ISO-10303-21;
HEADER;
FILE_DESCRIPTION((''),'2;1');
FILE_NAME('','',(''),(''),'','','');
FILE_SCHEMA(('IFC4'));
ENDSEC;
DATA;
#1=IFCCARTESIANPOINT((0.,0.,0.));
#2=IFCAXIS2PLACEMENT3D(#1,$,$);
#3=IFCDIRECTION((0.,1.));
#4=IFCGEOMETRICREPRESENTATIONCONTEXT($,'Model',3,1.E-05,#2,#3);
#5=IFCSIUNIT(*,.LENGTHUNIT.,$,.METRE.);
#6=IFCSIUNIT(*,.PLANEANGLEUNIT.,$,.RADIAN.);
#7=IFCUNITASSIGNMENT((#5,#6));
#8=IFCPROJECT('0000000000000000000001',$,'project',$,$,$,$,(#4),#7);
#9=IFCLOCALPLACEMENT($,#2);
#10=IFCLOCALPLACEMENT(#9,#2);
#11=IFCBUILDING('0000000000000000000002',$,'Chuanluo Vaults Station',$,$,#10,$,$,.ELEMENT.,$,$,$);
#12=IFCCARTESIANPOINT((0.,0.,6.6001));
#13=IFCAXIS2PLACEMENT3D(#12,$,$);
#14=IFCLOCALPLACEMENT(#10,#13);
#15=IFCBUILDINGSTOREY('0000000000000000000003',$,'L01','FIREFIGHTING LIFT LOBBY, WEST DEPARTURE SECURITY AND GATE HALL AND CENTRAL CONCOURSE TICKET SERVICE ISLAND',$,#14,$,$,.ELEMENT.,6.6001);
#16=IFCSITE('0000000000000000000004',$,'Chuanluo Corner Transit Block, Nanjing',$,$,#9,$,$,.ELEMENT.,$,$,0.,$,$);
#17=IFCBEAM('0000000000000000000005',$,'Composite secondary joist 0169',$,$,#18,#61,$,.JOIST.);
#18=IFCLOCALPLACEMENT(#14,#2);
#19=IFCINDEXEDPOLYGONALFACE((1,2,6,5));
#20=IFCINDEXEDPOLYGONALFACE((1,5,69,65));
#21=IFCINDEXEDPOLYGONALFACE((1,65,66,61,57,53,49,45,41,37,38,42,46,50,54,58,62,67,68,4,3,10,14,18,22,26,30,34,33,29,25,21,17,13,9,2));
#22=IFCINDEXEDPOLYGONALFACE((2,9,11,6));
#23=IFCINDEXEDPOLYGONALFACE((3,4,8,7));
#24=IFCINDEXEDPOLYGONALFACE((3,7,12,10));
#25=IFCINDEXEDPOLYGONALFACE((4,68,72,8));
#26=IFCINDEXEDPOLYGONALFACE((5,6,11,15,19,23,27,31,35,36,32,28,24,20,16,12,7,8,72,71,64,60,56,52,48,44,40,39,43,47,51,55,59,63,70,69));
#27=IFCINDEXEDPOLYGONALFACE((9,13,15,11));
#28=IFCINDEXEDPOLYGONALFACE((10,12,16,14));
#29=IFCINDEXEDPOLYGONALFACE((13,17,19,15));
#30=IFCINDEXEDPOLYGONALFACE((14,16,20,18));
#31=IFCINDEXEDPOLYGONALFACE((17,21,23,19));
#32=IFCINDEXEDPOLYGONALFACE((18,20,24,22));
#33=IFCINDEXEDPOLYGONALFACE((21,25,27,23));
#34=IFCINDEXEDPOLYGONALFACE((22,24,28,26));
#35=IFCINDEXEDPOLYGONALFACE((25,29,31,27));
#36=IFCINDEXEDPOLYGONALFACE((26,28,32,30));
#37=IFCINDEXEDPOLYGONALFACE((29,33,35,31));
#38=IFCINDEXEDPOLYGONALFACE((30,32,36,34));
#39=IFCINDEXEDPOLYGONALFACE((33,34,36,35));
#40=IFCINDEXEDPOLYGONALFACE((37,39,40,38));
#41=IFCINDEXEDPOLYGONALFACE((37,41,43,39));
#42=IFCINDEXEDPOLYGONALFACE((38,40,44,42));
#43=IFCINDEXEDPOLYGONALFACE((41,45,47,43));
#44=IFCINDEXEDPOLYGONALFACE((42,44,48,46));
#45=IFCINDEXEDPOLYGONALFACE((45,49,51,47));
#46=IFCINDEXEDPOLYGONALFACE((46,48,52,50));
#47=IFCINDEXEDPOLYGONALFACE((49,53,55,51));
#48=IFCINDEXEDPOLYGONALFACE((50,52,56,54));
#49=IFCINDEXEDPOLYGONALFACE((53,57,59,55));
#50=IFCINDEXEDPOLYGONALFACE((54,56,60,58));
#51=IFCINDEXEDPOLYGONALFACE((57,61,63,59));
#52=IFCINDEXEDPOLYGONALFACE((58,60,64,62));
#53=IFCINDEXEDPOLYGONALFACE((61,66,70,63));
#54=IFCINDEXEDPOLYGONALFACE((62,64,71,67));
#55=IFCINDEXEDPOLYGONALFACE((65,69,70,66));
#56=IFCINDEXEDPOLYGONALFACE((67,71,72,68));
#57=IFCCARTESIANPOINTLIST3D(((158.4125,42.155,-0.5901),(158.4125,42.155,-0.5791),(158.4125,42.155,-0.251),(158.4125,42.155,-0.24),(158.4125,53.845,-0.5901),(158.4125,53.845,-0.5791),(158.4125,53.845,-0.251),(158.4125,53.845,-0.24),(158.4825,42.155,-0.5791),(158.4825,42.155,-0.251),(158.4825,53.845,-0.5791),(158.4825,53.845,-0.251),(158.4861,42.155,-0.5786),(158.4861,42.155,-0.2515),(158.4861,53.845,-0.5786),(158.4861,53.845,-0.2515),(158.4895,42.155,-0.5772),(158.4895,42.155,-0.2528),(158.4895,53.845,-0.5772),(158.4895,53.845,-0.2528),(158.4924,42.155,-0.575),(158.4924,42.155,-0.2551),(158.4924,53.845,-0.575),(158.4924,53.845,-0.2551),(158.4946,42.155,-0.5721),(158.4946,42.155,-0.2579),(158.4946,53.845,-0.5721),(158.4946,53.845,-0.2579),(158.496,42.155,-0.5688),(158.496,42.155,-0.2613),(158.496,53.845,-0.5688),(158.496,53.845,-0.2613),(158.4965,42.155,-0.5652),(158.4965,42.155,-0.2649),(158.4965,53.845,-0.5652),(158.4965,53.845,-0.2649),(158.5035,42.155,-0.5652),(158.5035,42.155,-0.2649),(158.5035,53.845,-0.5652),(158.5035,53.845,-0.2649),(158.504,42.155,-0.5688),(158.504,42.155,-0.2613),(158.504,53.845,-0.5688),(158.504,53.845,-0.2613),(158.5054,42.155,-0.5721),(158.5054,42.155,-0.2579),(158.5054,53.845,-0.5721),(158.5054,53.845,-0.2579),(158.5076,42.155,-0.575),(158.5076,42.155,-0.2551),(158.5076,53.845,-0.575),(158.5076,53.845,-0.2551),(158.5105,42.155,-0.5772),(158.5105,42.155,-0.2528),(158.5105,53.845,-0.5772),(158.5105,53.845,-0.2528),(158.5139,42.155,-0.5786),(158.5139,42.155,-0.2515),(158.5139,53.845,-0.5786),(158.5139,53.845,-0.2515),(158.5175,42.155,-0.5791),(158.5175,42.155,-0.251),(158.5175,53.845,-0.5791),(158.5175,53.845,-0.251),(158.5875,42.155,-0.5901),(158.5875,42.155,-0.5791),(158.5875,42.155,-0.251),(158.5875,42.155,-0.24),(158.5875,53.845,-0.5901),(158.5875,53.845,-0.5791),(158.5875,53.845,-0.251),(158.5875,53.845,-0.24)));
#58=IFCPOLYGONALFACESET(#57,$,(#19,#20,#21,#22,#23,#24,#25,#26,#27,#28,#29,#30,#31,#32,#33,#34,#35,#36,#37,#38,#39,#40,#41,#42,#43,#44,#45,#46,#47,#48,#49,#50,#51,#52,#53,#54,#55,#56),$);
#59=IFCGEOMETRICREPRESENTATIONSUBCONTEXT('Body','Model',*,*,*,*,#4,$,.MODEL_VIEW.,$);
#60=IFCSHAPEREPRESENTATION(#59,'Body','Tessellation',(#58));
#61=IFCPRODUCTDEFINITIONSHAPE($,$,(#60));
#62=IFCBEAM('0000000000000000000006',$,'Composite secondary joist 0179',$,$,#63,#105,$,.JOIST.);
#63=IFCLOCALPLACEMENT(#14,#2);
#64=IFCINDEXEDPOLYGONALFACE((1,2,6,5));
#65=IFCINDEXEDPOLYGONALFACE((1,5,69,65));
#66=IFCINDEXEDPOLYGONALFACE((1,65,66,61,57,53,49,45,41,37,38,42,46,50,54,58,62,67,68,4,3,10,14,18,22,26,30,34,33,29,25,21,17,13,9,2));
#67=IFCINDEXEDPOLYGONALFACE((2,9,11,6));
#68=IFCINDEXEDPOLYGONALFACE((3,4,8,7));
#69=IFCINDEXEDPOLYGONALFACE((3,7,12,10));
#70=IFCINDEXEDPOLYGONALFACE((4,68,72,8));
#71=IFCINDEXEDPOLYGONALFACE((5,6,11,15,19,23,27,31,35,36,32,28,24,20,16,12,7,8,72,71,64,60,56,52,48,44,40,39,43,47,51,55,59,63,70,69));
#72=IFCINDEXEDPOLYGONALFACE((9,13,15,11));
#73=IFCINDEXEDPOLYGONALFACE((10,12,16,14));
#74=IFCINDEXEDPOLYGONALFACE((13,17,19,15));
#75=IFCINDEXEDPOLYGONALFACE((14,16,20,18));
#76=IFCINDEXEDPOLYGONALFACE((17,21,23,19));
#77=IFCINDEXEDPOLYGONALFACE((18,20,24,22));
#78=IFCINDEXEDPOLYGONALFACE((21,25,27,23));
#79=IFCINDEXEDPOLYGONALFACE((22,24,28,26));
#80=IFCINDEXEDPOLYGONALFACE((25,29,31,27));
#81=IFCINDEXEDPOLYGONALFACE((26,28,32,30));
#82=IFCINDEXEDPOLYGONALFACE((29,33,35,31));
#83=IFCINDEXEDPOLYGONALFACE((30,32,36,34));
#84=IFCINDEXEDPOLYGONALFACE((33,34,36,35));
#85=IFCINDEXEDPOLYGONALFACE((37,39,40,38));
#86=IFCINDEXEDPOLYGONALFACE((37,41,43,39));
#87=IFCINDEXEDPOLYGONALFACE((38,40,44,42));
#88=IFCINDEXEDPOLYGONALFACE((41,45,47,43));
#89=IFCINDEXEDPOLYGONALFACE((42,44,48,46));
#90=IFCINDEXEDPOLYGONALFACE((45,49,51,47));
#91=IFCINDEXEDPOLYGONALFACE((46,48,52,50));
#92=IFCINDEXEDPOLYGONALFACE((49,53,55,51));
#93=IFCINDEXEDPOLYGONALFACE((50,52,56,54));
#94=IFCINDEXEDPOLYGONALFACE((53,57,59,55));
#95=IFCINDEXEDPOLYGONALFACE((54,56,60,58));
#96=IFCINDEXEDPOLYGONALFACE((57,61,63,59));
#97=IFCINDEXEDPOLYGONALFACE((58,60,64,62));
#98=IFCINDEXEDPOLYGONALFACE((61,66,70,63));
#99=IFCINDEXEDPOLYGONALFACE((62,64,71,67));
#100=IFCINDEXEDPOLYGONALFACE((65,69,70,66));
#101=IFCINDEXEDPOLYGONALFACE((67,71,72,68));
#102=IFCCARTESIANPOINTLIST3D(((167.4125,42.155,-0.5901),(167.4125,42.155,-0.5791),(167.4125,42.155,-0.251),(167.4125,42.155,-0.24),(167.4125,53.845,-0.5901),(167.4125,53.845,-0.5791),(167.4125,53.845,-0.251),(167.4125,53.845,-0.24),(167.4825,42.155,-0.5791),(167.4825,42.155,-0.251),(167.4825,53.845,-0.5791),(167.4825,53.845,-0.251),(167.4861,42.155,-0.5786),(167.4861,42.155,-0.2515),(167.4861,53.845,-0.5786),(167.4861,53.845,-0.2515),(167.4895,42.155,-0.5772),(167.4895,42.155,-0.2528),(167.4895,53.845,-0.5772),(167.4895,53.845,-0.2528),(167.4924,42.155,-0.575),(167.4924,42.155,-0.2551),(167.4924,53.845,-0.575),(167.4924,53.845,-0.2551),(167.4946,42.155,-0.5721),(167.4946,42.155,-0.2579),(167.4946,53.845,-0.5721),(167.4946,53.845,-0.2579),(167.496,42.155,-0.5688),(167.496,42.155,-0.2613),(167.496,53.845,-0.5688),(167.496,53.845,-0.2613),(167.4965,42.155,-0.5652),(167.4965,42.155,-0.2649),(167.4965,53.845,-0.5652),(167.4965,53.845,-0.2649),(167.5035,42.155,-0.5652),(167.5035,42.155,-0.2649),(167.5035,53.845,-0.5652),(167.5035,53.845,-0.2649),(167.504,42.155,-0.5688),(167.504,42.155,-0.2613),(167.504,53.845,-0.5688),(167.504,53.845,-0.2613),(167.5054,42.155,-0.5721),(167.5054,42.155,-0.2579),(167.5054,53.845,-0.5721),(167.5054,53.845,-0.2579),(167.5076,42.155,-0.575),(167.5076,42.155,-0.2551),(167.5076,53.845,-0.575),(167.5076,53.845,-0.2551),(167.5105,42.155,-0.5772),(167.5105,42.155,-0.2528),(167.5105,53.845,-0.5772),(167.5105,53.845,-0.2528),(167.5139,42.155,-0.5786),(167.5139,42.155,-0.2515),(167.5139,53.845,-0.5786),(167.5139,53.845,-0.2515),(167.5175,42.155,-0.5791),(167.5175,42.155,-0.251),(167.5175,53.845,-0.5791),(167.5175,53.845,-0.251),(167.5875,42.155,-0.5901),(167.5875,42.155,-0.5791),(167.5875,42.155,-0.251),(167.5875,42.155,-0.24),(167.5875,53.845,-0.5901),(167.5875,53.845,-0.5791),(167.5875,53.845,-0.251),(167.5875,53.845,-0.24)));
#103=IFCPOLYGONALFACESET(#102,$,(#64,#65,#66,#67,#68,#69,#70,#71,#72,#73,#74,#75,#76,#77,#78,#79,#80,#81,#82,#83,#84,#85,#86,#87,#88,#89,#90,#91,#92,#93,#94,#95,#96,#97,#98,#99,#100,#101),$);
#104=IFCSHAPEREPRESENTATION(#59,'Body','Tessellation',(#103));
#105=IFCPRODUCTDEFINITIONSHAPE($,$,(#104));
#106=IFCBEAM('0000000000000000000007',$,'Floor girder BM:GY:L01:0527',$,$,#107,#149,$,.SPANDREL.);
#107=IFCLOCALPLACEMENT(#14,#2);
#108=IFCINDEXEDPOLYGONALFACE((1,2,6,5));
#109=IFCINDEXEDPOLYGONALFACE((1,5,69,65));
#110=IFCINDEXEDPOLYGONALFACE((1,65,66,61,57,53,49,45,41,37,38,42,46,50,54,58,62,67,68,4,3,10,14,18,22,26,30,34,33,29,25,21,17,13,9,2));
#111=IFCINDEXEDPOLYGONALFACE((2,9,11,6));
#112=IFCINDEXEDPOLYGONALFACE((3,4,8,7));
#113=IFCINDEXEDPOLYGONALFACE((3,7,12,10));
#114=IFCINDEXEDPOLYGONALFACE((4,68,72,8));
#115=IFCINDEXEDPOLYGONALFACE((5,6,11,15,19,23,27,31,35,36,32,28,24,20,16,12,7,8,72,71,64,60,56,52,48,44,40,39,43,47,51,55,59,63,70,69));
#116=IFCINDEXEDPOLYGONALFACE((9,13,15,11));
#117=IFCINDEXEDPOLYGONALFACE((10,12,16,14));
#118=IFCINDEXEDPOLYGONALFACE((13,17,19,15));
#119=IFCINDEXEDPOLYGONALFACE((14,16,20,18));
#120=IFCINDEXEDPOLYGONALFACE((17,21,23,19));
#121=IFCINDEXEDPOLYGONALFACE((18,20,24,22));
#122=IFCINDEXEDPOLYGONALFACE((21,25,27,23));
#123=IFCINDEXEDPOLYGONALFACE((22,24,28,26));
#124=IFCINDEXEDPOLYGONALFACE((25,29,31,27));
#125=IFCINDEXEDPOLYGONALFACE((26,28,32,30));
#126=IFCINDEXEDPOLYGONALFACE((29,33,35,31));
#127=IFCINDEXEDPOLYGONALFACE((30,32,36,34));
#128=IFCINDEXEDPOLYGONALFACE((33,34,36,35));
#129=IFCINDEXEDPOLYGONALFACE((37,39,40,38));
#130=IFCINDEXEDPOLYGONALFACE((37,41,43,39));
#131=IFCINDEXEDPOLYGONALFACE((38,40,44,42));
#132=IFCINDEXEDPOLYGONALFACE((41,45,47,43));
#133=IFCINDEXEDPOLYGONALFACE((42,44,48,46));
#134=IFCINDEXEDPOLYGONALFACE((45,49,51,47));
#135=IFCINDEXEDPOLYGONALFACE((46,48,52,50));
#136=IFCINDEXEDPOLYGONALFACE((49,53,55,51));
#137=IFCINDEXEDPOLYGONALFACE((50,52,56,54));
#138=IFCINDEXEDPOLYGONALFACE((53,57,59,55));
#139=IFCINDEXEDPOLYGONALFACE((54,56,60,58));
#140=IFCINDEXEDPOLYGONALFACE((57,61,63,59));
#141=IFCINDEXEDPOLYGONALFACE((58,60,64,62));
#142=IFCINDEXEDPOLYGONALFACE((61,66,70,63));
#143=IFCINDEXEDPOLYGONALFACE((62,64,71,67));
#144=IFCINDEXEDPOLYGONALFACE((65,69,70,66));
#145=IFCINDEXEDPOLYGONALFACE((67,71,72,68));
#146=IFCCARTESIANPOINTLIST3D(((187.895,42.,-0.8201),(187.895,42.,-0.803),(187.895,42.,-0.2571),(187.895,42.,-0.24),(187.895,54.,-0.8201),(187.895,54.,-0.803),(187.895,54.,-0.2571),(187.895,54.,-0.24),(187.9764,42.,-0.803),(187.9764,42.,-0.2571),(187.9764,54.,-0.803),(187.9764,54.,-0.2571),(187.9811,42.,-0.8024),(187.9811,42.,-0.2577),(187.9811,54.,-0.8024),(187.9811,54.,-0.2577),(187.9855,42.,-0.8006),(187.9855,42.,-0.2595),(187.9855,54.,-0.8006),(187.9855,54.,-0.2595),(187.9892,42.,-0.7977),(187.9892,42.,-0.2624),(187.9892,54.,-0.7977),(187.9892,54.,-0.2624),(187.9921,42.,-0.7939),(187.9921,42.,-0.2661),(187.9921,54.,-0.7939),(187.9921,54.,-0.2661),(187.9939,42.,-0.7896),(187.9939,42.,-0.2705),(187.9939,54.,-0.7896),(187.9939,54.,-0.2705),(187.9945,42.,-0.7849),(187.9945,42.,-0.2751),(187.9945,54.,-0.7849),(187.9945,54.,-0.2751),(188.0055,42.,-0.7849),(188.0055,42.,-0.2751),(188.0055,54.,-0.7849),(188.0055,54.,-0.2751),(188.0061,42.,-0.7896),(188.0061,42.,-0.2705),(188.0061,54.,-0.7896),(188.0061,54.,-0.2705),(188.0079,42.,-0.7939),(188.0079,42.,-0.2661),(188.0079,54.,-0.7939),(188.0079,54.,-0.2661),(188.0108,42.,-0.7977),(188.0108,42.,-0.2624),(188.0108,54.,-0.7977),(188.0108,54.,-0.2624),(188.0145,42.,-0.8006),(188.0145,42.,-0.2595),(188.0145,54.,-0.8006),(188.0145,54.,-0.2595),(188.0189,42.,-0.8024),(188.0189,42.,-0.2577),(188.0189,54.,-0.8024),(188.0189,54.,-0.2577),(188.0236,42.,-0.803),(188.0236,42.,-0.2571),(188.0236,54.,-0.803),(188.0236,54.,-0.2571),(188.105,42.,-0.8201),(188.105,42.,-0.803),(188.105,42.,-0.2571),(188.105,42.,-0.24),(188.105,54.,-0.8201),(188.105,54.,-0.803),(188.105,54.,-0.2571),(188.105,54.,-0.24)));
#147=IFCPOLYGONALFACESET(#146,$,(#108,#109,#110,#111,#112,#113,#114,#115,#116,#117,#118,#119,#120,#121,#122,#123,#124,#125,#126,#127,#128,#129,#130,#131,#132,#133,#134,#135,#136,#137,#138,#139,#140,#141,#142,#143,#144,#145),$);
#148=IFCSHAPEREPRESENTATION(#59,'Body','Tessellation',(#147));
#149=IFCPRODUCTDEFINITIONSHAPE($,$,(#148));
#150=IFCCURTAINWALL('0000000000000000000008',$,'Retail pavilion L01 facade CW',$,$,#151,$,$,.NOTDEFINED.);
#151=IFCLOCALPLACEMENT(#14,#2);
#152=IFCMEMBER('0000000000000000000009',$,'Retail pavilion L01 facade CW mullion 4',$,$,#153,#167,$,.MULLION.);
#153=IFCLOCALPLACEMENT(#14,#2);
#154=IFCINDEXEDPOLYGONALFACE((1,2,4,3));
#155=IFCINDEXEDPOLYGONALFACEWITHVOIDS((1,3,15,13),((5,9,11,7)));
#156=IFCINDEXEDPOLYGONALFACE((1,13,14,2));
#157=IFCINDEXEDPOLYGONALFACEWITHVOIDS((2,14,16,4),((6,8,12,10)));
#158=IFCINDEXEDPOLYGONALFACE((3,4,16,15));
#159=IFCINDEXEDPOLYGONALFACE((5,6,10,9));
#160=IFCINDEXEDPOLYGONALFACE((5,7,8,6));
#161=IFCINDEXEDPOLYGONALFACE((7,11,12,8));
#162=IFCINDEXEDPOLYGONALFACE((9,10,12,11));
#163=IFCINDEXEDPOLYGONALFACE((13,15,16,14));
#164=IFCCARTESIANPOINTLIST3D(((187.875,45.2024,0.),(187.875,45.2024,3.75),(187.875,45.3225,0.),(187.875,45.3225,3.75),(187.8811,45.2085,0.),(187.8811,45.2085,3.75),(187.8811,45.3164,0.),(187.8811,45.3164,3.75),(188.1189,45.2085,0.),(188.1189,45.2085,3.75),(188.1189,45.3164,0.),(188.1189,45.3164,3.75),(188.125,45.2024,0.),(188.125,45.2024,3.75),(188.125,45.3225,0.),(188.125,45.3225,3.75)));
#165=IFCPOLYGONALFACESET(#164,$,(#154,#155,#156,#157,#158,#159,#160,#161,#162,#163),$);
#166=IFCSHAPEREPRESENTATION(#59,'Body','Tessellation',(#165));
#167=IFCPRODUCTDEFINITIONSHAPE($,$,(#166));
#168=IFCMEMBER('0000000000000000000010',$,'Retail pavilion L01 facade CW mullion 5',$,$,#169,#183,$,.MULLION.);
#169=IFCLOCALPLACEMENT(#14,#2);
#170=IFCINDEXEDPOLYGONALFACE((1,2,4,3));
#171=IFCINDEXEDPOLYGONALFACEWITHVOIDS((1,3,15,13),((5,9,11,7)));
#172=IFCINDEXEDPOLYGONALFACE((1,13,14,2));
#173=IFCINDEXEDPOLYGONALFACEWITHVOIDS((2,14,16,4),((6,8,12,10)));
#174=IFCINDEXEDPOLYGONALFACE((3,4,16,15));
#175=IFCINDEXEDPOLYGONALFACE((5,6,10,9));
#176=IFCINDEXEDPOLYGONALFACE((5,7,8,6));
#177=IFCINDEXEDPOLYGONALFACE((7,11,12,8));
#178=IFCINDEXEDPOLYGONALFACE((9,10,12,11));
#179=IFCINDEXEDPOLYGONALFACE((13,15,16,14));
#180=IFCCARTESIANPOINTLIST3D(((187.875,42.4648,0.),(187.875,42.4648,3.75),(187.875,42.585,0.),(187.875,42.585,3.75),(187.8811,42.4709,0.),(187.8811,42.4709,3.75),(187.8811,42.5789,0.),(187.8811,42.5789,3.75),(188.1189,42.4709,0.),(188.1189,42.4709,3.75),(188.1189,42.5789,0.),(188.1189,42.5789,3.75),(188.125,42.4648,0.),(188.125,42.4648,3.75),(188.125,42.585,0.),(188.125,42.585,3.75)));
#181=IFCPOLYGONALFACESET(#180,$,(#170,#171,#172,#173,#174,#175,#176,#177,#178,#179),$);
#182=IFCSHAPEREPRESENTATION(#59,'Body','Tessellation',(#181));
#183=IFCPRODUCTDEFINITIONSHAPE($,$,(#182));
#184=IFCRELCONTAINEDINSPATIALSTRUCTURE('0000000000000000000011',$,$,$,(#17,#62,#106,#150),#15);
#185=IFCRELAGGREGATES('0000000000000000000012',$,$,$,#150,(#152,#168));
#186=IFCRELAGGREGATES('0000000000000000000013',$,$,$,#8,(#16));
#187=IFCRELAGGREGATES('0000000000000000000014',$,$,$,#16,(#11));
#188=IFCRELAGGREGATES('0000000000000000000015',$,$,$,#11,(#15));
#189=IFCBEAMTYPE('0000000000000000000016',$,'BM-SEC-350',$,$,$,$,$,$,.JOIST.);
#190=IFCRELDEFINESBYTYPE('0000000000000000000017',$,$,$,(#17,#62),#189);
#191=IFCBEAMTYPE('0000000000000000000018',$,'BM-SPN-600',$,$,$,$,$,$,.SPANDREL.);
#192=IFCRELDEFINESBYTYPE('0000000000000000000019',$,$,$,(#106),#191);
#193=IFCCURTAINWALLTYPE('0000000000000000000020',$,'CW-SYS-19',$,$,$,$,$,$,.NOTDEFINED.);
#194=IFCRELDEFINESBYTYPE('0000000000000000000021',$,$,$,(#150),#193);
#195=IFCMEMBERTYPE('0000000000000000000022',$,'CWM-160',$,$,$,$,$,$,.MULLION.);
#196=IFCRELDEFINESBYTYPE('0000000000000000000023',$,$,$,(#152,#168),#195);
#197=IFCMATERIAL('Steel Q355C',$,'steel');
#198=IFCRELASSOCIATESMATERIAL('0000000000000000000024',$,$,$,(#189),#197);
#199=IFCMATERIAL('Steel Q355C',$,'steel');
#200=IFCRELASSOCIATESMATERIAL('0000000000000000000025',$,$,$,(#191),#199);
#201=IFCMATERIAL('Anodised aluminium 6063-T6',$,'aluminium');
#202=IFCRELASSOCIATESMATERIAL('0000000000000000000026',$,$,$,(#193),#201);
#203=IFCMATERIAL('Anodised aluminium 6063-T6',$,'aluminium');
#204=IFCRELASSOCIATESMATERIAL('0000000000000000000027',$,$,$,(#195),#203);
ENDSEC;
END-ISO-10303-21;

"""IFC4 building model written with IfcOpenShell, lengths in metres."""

from ifc_helpers import new_model, si_unit, direction, frame, origin, origin_2d, place, context, subcontext, project, spatial, hollow_rectangle, i_section, extrude, material, material_profile, profile_set, type_object, element, aggregate, save


model = new_model("IFC4")

# Units and contexts
model_context = context("Model", 3, precision=1e-05, world=origin(), true_north=direction((0.0, 1.0)))
body_context = subcontext(model_context, "Body", "Model", "MODEL_VIEW")
ifc_project = project(units=[si_unit("LENGTHUNIT", "METRE"), si_unit("PLANEANGLEUNIT", "RADIAN")], contexts=[model_context])

# Site, building, storey
site_placement = place(None, origin())
site = spatial("IfcSite", under=ifc_project, at=site_placement, Name="Chuanluo Corner Transit Block, Nanjing", CompositionType="ELEMENT", RefElevation=0.0)
building_placement = place(site_placement, origin())
building = spatial("IfcBuilding", under=site, at=building_placement, Name="Chuanluo Vaults Station", CompositionType="ELEMENT")
storey_placement = place(building_placement, frame((0.0, 0.0, 6.6001)))
storey = spatial("IfcBuildingStorey", under=building, at=storey_placement, Name="L01", Description="FIREFIGHTING LIFT LOBBY, WEST DEPARTURE SECURITY AND GATE HALL AND CENTRAL CONCOURSE TICKET SERVICE ISLAND", CompositionType="ELEMENT", Elevation=6.6001)

# Beams
ifc_material_1 = material(Name="Steel Q355C", Category="steel")
ifc_material_profile_1 = material_profile(ifc_material_1, i_section(OverallWidth=0.175, OverallDepth=0.3501, WebThickness=0.0071, FlangeThickness=0.011, FilletRadius=0.0139, at=origin_2d()))
ifc_profile_set_1 = profile_set([ifc_material_profile_1], Name="Steel Q355C")
beam_type_1 = type_object("IfcBeamType", Name="BM-SEC-350", PredefinedType="JOIST", material=ifc_profile_set_1)
for number, where, z_axis, x_axis, name in (
    (1, (158.5, 42.155, -0.415), (0.0, 1.0, 0.0), (-1.0, 0.0, 0.0), "Composite secondary joist 0169"),
    (2, (167.5, 42.155, -0.415), (0.0, 1.0, 0.0), (-1.0, 0.0, 0.0), "Composite secondary joist 0179"),
):
    element("IfcBeam", number, at=place(storey_placement, frame(where, z_axis=z_axis, x_axis=x_axis)), inside=storey, type_object=beam_type_1, Name=name, PredefinedType="JOIST", context=body_context, shape_type="SweptSolid", body=[
        extrude(i_section(OverallWidth=0.175, OverallDepth=0.3501, WebThickness=0.0071, FlangeThickness=0.011, FilletRadius=0.0139, at=origin_2d()), origin(), (0.0, 0.0, 1.0), 11.6899),
    ])
ifc_material_2 = material(Name="Steel Q355C", Category="steel")
ifc_material_profile_2 = material_profile(ifc_material_2, i_section(OverallWidth=0.21, OverallDepth=0.5801, WebThickness=0.011, FlangeThickness=0.0171, FilletRadius=0.0181, at=origin_2d()))
ifc_profile_set_2 = profile_set([ifc_material_profile_2], Name="Steel Q355C")
beam_type_2 = type_object("IfcBeamType", Name="BM-SPN-600", PredefinedType="SPANDREL", material=ifc_profile_set_2)
beam_1_placement = place(storey_placement, frame((188.0, 42.0, -0.53), z_axis=(0.0, 1.0, 0.0), x_axis=(-1.0, 0.0, 0.0)))
element("IfcBeam", 3, at=beam_1_placement, inside=storey, type_object=beam_type_2, Name="Floor girder BM:GY:L01:0527", PredefinedType="SPANDREL", context=body_context, shape_type="SweptSolid", body=[
    extrude(i_section(OverallWidth=0.21, OverallDepth=0.5801, WebThickness=0.011, FlangeThickness=0.0171, FilletRadius=0.0181, at=origin_2d()), origin(), (0.0, 0.0, 1.0), 12.0),
])

# Curtain wall, members
ifc_material_3 = material(Name="Anodised aluminium 6063-T6", Category="aluminium")
curtain_wall_type = type_object("IfcCurtainWallType", Name="CW-SYS-19", PredefinedType="NOTDEFINED", material=ifc_material_3)
curtain_wall_placement = place(storey_placement, origin())
curtain_wall = element("IfcCurtainWall", 4, at=curtain_wall_placement, inside=storey, type_object=curtain_wall_type, Name="Retail pavilion L01 facade CW", PredefinedType="NOTDEFINED")
ifc_material_4 = material(Name="Anodised aluminium 6063-T6", Category="aluminium")
ifc_material_profile_3 = material_profile(ifc_material_4, hollow_rectangle(XDim=0.1201, YDim=0.25, WallThickness=0.0061, at=origin_2d()))
ifc_profile_set_3 = profile_set([ifc_material_profile_3], Name="Anodised aluminium 6063-T6")
member_type_1 = type_object("IfcMemberType", Name="CWM-160", PredefinedType="MULLION", material=ifc_profile_set_3)
member_1_placement = place(storey_placement, frame((188.0, 45.2625, 0.0), z_axis=(0.0, 0.0, 1.0), x_axis=(0.0, -1.0, 0.0)))
member_1 = element("IfcMember", 5, at=member_1_placement, type_object=member_type_1, Name="Retail pavilion L01 facade CW mullion 4", PredefinedType="MULLION", context=body_context, shape_type="SweptSolid", body=[
    extrude(hollow_rectangle(XDim=0.1201, YDim=0.25, WallThickness=0.0061, at=origin_2d()), origin(), (0.0, 0.0, 1.0), 3.75),
])
member_2_placement = place(storey_placement, frame((188.0, 42.5249, 0.0), z_axis=(0.0, 0.0, 1.0), x_axis=(0.0, -1.0, 0.0)))
member_2 = element("IfcMember", 6, at=member_2_placement, type_object=member_type_1, Name="Retail pavilion L01 facade CW mullion 5", PredefinedType="MULLION", context=body_context, shape_type="SweptSolid", body=[
    extrude(hollow_rectangle(XDim=0.1201, YDim=0.25, WallThickness=0.0061, at=origin_2d()), origin(), (0.0, 0.0, 1.0), 3.75),
])
aggregate(curtain_wall, [member_1, member_2])

save(model, "model.ifc")
